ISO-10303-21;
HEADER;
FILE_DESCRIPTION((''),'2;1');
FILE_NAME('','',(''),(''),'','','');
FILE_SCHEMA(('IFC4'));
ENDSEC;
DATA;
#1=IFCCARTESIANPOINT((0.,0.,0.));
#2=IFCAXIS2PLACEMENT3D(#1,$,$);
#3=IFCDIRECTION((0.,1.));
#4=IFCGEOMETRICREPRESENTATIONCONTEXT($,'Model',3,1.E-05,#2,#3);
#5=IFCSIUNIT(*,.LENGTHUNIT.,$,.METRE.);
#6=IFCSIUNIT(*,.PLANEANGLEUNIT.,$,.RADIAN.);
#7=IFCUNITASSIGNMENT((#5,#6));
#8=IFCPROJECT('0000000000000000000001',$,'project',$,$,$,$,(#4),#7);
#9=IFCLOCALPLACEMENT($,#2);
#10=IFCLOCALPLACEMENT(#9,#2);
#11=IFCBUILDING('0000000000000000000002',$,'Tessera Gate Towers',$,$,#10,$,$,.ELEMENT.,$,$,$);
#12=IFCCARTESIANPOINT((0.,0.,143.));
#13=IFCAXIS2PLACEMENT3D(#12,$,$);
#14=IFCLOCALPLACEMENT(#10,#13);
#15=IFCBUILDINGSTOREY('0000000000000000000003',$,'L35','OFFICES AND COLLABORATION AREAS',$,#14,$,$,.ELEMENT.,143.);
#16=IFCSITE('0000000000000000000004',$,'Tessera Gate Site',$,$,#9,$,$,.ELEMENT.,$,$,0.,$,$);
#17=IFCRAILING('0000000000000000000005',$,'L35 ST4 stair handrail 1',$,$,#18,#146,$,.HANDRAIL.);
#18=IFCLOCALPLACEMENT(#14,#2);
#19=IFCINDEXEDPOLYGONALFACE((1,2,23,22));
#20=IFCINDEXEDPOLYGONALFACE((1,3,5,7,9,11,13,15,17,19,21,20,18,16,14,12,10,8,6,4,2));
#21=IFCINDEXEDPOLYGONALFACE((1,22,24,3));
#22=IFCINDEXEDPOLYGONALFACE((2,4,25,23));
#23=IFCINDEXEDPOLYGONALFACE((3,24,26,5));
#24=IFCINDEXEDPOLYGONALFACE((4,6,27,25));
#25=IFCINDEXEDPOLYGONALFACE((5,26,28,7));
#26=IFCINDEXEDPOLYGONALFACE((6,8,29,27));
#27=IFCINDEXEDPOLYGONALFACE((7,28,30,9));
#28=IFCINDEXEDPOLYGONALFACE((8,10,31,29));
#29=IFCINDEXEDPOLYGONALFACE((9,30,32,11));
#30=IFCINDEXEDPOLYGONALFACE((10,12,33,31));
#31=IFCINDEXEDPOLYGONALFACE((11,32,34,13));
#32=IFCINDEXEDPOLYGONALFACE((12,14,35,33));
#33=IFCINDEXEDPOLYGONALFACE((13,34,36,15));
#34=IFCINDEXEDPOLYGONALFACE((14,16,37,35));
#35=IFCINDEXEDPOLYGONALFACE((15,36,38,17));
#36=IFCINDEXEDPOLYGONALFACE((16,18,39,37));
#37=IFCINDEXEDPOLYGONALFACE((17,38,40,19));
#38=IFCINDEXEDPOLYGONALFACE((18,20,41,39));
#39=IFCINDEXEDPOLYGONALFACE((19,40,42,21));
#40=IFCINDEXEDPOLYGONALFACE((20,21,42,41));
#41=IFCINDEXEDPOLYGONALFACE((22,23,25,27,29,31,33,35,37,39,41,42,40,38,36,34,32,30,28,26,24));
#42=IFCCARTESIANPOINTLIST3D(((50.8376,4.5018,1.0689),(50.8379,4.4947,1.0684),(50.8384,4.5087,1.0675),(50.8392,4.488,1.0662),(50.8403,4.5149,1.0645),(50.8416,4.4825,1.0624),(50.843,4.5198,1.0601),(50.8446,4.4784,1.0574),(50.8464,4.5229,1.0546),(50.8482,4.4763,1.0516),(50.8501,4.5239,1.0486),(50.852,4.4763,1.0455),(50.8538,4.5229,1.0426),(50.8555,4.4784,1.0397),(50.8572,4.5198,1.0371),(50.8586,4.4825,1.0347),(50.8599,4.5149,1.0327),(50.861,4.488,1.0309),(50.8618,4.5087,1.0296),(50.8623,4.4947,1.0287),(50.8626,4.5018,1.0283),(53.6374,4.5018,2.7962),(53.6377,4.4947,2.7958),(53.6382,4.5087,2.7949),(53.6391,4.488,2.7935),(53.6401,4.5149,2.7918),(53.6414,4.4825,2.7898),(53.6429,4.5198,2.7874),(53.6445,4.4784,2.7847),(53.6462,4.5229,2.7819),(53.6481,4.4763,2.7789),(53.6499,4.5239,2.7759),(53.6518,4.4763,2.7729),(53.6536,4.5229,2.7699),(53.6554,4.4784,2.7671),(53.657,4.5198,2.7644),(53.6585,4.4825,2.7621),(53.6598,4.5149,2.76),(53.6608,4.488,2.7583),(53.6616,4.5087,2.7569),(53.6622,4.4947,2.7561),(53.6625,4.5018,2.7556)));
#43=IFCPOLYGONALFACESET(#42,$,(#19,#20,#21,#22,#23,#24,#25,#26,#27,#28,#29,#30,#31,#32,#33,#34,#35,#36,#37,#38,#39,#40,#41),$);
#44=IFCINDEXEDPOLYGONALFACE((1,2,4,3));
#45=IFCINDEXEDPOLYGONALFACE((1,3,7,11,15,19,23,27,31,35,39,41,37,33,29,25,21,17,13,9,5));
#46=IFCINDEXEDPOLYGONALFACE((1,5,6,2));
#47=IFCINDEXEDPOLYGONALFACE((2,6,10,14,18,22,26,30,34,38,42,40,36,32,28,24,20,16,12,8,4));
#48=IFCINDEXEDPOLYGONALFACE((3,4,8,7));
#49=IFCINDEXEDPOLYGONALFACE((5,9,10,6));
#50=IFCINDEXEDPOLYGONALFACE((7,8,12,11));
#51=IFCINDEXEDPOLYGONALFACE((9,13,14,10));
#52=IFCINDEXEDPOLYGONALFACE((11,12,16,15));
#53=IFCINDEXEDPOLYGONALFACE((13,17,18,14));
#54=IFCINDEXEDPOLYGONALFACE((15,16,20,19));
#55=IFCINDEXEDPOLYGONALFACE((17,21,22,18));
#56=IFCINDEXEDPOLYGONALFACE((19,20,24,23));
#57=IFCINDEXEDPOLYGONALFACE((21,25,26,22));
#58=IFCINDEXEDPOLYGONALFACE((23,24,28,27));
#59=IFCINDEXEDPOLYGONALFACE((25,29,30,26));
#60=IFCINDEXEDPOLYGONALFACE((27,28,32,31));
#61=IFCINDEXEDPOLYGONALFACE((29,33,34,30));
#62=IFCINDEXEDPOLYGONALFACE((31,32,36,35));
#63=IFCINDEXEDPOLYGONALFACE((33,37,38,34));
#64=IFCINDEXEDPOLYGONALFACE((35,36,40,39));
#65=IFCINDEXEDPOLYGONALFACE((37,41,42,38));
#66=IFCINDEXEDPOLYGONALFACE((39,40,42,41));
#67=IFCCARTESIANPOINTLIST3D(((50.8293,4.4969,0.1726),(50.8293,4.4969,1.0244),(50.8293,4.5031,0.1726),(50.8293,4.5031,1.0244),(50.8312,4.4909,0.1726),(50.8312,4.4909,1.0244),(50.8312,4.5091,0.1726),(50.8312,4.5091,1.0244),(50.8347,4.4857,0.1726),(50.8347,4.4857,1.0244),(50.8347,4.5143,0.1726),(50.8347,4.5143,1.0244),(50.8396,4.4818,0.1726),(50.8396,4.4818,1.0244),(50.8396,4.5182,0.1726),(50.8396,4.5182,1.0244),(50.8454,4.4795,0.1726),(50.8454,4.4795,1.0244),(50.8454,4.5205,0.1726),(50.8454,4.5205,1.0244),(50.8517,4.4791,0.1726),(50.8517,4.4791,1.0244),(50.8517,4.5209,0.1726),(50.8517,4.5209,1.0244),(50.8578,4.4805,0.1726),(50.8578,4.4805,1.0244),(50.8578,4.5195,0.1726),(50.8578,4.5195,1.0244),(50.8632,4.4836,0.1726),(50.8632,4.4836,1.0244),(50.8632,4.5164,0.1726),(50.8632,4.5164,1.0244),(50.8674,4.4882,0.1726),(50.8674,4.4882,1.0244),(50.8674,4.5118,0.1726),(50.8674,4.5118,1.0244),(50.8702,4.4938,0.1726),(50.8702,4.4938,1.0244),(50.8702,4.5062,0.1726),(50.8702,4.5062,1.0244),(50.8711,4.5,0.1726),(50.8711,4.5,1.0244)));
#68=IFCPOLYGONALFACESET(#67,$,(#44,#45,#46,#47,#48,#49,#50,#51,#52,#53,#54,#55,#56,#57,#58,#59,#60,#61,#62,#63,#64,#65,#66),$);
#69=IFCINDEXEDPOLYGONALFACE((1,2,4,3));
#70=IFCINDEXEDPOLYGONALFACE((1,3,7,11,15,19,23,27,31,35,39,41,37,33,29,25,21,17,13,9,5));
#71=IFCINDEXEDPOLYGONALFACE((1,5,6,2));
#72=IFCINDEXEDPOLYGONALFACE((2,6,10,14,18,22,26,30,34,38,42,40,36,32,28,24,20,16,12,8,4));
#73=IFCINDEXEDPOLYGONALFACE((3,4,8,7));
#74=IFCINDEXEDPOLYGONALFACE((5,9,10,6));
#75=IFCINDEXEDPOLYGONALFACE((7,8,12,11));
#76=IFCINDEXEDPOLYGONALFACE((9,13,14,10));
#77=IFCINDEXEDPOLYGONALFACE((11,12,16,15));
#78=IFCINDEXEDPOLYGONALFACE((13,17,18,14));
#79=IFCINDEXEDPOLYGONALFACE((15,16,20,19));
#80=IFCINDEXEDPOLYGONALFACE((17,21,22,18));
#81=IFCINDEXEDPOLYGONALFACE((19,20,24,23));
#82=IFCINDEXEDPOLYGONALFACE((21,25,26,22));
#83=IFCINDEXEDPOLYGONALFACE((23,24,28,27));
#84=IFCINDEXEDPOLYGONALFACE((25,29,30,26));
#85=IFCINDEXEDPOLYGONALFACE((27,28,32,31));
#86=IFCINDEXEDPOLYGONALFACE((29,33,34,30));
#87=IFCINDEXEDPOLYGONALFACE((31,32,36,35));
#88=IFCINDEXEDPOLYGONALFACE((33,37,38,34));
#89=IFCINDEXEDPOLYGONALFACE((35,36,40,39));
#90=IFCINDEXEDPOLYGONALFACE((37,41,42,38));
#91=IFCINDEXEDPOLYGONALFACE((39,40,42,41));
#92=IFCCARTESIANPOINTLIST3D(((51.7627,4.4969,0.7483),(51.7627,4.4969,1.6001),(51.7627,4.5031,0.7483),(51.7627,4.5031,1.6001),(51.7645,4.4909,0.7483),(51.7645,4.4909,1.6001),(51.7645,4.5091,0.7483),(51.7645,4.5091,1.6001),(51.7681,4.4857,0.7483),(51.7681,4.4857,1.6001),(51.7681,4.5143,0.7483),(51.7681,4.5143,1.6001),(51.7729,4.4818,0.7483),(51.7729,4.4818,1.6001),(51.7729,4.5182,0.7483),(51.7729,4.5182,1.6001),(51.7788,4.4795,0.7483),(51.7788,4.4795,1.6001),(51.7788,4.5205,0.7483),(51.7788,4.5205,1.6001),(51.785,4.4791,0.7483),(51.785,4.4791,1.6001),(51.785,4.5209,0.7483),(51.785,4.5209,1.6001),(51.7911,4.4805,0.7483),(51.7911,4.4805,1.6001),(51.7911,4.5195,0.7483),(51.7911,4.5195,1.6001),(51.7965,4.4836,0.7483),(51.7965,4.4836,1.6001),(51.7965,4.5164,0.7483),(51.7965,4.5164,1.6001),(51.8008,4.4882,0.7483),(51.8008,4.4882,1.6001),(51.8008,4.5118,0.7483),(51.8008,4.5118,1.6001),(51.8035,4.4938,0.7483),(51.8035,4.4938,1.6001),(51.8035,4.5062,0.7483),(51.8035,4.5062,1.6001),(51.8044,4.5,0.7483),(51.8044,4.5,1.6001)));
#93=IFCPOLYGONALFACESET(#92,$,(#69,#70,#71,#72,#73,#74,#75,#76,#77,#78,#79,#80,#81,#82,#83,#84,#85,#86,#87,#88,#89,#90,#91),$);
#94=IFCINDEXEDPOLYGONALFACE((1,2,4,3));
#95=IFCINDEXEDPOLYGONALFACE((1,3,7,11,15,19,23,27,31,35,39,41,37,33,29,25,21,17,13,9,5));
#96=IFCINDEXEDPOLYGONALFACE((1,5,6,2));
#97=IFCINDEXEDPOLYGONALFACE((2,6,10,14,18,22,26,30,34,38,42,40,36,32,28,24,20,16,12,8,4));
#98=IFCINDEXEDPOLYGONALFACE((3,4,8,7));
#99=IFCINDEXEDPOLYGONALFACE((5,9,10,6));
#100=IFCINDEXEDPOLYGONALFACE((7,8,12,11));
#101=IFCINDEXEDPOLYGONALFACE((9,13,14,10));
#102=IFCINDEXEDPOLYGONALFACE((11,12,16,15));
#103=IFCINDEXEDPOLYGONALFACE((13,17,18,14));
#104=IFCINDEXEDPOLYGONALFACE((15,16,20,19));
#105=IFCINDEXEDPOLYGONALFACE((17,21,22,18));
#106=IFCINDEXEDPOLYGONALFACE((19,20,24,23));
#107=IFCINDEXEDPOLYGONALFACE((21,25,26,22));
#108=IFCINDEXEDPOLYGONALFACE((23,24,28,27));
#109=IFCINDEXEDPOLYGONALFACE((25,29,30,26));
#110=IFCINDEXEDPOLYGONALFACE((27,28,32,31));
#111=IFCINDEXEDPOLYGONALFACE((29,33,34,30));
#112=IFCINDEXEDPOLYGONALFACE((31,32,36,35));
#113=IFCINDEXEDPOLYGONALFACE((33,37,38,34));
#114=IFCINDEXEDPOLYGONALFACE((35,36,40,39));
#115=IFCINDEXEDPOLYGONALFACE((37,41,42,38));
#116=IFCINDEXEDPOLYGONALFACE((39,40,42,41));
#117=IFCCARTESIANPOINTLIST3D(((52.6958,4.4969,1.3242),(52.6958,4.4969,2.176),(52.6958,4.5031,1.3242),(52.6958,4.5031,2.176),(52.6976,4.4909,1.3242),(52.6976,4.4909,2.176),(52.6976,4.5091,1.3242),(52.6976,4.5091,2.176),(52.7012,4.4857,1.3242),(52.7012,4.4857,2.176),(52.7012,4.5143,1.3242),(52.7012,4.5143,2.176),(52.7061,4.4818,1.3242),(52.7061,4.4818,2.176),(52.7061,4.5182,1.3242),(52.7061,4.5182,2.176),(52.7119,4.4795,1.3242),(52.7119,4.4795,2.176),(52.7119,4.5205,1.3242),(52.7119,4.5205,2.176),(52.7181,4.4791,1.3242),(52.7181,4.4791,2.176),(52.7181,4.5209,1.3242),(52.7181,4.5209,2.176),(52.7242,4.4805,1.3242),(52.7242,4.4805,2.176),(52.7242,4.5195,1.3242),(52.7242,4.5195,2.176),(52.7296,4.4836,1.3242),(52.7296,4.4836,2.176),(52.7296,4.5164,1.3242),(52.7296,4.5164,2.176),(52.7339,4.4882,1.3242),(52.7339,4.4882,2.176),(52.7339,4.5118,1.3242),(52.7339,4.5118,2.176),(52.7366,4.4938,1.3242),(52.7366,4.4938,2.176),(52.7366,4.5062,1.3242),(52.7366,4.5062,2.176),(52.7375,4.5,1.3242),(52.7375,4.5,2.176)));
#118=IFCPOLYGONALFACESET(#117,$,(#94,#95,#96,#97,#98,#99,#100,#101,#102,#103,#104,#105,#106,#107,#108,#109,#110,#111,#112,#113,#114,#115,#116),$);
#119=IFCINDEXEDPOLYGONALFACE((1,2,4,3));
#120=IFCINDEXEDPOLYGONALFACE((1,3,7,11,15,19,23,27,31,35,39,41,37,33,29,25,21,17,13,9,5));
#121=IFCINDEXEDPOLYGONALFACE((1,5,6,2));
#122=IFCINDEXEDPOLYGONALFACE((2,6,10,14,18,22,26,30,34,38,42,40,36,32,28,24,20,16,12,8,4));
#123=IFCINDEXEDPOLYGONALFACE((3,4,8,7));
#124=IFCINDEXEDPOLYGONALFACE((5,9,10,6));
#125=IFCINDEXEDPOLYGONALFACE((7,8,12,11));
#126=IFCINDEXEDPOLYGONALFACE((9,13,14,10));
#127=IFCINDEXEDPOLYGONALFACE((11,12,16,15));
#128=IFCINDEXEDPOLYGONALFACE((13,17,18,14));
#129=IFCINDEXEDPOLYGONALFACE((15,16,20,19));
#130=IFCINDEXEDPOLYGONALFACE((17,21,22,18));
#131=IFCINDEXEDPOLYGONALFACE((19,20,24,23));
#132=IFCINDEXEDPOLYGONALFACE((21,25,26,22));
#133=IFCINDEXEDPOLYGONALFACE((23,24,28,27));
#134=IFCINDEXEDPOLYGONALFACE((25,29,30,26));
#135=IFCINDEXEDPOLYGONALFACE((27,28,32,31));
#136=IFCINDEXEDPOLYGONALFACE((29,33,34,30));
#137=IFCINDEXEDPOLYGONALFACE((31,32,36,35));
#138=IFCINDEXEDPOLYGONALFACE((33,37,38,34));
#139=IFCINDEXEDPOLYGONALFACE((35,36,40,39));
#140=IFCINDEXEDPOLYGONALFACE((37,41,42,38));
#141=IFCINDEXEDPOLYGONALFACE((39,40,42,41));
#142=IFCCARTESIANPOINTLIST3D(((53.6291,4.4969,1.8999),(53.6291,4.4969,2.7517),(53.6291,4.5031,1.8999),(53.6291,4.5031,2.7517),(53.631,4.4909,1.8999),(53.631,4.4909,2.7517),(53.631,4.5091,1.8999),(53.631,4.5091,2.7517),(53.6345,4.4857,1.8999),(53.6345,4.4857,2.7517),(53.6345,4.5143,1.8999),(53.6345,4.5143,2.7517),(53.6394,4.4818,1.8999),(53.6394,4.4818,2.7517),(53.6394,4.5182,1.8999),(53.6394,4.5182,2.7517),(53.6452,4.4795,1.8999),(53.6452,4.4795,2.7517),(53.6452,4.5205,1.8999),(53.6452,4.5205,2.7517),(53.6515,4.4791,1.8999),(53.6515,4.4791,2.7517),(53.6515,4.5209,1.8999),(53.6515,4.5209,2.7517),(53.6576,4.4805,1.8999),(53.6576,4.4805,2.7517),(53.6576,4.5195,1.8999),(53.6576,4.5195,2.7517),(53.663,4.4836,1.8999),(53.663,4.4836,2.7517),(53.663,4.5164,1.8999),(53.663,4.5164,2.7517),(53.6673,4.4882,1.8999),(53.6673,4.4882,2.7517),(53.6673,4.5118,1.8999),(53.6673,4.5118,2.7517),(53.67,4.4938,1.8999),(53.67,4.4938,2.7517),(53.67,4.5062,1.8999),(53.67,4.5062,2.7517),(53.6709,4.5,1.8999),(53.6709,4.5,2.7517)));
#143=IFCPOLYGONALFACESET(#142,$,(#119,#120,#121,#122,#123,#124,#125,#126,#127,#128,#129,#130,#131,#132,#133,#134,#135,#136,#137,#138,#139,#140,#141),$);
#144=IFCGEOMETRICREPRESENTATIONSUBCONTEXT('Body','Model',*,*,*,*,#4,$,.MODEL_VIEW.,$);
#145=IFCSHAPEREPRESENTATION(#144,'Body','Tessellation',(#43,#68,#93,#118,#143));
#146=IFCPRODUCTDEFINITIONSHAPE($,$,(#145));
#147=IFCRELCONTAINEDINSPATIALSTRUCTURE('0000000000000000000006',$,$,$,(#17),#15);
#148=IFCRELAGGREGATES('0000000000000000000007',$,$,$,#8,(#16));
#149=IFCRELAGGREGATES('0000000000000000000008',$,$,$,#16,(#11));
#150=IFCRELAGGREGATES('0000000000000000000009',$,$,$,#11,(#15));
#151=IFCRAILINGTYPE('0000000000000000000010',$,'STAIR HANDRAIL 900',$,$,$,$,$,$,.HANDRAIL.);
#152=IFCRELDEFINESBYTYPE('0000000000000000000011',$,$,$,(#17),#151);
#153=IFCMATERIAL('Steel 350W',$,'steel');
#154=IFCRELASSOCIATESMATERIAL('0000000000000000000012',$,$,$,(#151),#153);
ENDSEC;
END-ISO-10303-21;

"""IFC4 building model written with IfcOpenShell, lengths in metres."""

from ifc_helpers import new_model, si_unit, direction, frame, origin, origin_2d, place, context, subcontext, project, spatial, circle, extrude, material, type_object, element, save


model = new_model("IFC4")

# Units and contexts
model_context = context("Model", 3, precision=1e-05, world=origin(), true_north=direction((0.0, 1.0)))
body_context = subcontext(model_context, "Body", "Model", "MODEL_VIEW")
ifc_project = project(units=[si_unit("LENGTHUNIT", "METRE"), si_unit("PLANEANGLEUNIT", "RADIAN")], contexts=[model_context])

# Site, building, storey
site_placement = place(None, origin())
site = spatial("IfcSite", under=ifc_project, at=site_placement, Name="Tessera Gate Site", CompositionType="ELEMENT", RefElevation=0.0)
building_placement = place(site_placement, origin())
building = spatial("IfcBuilding", under=site, at=building_placement, Name="Tessera Gate Towers", CompositionType="ELEMENT")
storey_placement = place(building_placement, frame((0.0, 0.0, 143.0)))
storey = spatial("IfcBuildingStorey", under=building, at=storey_placement, Name="L35", Description="OFFICES AND COLLABORATION AREAS", CompositionType="ELEMENT", Elevation=143.0)

# Railing
ifc_material_1 = material(Name="Steel 350W", Category="steel")
railing_type_1 = type_object("IfcRailingType", Name="STAIR HANDRAIL 900", PredefinedType="HANDRAIL", material=ifc_material_1)
railing_1_placement = place(storey_placement, frame((50.8501, 4.5, 0.1726)))
element("IfcRailing", 1, at=railing_1_placement, inside=storey, type_object=railing_type_1, Name="L35 ST4 stair handrail 1", PredefinedType="HANDRAIL", context=body_context, shape_type="SweptSolid", body=[
    extrude(circle(Radius=0.0239, at=origin_2d()), frame((0.0, 0.0, 0.876), z_axis=(0.851069, 0.0, 0.525054), x_axis=(0.0, 1.0, 0.0)), (0.0, 0.0, 1.0), 3.2898),
    extrude(circle(Radius=0.021, at=origin_2d()), origin(), (0.0, 0.0, 1.0), 0.8518),
    extrude(circle(Radius=0.021, at=origin_2d()), frame((0.9333, 0.0, 0.5757)), (0.0, 0.0, 1.0), 0.8518),
    extrude(circle(Radius=0.021, at=origin_2d()), frame((1.8665, 0.0, 1.1516)), (0.0, 0.0, 1.0), 0.8518),
    extrude(circle(Radius=0.021, at=origin_2d()), frame((2.7998, 0.0, 1.7273)), (0.0, 0.0, 1.0), 0.8518),
])

save(model, "model.ifc")
